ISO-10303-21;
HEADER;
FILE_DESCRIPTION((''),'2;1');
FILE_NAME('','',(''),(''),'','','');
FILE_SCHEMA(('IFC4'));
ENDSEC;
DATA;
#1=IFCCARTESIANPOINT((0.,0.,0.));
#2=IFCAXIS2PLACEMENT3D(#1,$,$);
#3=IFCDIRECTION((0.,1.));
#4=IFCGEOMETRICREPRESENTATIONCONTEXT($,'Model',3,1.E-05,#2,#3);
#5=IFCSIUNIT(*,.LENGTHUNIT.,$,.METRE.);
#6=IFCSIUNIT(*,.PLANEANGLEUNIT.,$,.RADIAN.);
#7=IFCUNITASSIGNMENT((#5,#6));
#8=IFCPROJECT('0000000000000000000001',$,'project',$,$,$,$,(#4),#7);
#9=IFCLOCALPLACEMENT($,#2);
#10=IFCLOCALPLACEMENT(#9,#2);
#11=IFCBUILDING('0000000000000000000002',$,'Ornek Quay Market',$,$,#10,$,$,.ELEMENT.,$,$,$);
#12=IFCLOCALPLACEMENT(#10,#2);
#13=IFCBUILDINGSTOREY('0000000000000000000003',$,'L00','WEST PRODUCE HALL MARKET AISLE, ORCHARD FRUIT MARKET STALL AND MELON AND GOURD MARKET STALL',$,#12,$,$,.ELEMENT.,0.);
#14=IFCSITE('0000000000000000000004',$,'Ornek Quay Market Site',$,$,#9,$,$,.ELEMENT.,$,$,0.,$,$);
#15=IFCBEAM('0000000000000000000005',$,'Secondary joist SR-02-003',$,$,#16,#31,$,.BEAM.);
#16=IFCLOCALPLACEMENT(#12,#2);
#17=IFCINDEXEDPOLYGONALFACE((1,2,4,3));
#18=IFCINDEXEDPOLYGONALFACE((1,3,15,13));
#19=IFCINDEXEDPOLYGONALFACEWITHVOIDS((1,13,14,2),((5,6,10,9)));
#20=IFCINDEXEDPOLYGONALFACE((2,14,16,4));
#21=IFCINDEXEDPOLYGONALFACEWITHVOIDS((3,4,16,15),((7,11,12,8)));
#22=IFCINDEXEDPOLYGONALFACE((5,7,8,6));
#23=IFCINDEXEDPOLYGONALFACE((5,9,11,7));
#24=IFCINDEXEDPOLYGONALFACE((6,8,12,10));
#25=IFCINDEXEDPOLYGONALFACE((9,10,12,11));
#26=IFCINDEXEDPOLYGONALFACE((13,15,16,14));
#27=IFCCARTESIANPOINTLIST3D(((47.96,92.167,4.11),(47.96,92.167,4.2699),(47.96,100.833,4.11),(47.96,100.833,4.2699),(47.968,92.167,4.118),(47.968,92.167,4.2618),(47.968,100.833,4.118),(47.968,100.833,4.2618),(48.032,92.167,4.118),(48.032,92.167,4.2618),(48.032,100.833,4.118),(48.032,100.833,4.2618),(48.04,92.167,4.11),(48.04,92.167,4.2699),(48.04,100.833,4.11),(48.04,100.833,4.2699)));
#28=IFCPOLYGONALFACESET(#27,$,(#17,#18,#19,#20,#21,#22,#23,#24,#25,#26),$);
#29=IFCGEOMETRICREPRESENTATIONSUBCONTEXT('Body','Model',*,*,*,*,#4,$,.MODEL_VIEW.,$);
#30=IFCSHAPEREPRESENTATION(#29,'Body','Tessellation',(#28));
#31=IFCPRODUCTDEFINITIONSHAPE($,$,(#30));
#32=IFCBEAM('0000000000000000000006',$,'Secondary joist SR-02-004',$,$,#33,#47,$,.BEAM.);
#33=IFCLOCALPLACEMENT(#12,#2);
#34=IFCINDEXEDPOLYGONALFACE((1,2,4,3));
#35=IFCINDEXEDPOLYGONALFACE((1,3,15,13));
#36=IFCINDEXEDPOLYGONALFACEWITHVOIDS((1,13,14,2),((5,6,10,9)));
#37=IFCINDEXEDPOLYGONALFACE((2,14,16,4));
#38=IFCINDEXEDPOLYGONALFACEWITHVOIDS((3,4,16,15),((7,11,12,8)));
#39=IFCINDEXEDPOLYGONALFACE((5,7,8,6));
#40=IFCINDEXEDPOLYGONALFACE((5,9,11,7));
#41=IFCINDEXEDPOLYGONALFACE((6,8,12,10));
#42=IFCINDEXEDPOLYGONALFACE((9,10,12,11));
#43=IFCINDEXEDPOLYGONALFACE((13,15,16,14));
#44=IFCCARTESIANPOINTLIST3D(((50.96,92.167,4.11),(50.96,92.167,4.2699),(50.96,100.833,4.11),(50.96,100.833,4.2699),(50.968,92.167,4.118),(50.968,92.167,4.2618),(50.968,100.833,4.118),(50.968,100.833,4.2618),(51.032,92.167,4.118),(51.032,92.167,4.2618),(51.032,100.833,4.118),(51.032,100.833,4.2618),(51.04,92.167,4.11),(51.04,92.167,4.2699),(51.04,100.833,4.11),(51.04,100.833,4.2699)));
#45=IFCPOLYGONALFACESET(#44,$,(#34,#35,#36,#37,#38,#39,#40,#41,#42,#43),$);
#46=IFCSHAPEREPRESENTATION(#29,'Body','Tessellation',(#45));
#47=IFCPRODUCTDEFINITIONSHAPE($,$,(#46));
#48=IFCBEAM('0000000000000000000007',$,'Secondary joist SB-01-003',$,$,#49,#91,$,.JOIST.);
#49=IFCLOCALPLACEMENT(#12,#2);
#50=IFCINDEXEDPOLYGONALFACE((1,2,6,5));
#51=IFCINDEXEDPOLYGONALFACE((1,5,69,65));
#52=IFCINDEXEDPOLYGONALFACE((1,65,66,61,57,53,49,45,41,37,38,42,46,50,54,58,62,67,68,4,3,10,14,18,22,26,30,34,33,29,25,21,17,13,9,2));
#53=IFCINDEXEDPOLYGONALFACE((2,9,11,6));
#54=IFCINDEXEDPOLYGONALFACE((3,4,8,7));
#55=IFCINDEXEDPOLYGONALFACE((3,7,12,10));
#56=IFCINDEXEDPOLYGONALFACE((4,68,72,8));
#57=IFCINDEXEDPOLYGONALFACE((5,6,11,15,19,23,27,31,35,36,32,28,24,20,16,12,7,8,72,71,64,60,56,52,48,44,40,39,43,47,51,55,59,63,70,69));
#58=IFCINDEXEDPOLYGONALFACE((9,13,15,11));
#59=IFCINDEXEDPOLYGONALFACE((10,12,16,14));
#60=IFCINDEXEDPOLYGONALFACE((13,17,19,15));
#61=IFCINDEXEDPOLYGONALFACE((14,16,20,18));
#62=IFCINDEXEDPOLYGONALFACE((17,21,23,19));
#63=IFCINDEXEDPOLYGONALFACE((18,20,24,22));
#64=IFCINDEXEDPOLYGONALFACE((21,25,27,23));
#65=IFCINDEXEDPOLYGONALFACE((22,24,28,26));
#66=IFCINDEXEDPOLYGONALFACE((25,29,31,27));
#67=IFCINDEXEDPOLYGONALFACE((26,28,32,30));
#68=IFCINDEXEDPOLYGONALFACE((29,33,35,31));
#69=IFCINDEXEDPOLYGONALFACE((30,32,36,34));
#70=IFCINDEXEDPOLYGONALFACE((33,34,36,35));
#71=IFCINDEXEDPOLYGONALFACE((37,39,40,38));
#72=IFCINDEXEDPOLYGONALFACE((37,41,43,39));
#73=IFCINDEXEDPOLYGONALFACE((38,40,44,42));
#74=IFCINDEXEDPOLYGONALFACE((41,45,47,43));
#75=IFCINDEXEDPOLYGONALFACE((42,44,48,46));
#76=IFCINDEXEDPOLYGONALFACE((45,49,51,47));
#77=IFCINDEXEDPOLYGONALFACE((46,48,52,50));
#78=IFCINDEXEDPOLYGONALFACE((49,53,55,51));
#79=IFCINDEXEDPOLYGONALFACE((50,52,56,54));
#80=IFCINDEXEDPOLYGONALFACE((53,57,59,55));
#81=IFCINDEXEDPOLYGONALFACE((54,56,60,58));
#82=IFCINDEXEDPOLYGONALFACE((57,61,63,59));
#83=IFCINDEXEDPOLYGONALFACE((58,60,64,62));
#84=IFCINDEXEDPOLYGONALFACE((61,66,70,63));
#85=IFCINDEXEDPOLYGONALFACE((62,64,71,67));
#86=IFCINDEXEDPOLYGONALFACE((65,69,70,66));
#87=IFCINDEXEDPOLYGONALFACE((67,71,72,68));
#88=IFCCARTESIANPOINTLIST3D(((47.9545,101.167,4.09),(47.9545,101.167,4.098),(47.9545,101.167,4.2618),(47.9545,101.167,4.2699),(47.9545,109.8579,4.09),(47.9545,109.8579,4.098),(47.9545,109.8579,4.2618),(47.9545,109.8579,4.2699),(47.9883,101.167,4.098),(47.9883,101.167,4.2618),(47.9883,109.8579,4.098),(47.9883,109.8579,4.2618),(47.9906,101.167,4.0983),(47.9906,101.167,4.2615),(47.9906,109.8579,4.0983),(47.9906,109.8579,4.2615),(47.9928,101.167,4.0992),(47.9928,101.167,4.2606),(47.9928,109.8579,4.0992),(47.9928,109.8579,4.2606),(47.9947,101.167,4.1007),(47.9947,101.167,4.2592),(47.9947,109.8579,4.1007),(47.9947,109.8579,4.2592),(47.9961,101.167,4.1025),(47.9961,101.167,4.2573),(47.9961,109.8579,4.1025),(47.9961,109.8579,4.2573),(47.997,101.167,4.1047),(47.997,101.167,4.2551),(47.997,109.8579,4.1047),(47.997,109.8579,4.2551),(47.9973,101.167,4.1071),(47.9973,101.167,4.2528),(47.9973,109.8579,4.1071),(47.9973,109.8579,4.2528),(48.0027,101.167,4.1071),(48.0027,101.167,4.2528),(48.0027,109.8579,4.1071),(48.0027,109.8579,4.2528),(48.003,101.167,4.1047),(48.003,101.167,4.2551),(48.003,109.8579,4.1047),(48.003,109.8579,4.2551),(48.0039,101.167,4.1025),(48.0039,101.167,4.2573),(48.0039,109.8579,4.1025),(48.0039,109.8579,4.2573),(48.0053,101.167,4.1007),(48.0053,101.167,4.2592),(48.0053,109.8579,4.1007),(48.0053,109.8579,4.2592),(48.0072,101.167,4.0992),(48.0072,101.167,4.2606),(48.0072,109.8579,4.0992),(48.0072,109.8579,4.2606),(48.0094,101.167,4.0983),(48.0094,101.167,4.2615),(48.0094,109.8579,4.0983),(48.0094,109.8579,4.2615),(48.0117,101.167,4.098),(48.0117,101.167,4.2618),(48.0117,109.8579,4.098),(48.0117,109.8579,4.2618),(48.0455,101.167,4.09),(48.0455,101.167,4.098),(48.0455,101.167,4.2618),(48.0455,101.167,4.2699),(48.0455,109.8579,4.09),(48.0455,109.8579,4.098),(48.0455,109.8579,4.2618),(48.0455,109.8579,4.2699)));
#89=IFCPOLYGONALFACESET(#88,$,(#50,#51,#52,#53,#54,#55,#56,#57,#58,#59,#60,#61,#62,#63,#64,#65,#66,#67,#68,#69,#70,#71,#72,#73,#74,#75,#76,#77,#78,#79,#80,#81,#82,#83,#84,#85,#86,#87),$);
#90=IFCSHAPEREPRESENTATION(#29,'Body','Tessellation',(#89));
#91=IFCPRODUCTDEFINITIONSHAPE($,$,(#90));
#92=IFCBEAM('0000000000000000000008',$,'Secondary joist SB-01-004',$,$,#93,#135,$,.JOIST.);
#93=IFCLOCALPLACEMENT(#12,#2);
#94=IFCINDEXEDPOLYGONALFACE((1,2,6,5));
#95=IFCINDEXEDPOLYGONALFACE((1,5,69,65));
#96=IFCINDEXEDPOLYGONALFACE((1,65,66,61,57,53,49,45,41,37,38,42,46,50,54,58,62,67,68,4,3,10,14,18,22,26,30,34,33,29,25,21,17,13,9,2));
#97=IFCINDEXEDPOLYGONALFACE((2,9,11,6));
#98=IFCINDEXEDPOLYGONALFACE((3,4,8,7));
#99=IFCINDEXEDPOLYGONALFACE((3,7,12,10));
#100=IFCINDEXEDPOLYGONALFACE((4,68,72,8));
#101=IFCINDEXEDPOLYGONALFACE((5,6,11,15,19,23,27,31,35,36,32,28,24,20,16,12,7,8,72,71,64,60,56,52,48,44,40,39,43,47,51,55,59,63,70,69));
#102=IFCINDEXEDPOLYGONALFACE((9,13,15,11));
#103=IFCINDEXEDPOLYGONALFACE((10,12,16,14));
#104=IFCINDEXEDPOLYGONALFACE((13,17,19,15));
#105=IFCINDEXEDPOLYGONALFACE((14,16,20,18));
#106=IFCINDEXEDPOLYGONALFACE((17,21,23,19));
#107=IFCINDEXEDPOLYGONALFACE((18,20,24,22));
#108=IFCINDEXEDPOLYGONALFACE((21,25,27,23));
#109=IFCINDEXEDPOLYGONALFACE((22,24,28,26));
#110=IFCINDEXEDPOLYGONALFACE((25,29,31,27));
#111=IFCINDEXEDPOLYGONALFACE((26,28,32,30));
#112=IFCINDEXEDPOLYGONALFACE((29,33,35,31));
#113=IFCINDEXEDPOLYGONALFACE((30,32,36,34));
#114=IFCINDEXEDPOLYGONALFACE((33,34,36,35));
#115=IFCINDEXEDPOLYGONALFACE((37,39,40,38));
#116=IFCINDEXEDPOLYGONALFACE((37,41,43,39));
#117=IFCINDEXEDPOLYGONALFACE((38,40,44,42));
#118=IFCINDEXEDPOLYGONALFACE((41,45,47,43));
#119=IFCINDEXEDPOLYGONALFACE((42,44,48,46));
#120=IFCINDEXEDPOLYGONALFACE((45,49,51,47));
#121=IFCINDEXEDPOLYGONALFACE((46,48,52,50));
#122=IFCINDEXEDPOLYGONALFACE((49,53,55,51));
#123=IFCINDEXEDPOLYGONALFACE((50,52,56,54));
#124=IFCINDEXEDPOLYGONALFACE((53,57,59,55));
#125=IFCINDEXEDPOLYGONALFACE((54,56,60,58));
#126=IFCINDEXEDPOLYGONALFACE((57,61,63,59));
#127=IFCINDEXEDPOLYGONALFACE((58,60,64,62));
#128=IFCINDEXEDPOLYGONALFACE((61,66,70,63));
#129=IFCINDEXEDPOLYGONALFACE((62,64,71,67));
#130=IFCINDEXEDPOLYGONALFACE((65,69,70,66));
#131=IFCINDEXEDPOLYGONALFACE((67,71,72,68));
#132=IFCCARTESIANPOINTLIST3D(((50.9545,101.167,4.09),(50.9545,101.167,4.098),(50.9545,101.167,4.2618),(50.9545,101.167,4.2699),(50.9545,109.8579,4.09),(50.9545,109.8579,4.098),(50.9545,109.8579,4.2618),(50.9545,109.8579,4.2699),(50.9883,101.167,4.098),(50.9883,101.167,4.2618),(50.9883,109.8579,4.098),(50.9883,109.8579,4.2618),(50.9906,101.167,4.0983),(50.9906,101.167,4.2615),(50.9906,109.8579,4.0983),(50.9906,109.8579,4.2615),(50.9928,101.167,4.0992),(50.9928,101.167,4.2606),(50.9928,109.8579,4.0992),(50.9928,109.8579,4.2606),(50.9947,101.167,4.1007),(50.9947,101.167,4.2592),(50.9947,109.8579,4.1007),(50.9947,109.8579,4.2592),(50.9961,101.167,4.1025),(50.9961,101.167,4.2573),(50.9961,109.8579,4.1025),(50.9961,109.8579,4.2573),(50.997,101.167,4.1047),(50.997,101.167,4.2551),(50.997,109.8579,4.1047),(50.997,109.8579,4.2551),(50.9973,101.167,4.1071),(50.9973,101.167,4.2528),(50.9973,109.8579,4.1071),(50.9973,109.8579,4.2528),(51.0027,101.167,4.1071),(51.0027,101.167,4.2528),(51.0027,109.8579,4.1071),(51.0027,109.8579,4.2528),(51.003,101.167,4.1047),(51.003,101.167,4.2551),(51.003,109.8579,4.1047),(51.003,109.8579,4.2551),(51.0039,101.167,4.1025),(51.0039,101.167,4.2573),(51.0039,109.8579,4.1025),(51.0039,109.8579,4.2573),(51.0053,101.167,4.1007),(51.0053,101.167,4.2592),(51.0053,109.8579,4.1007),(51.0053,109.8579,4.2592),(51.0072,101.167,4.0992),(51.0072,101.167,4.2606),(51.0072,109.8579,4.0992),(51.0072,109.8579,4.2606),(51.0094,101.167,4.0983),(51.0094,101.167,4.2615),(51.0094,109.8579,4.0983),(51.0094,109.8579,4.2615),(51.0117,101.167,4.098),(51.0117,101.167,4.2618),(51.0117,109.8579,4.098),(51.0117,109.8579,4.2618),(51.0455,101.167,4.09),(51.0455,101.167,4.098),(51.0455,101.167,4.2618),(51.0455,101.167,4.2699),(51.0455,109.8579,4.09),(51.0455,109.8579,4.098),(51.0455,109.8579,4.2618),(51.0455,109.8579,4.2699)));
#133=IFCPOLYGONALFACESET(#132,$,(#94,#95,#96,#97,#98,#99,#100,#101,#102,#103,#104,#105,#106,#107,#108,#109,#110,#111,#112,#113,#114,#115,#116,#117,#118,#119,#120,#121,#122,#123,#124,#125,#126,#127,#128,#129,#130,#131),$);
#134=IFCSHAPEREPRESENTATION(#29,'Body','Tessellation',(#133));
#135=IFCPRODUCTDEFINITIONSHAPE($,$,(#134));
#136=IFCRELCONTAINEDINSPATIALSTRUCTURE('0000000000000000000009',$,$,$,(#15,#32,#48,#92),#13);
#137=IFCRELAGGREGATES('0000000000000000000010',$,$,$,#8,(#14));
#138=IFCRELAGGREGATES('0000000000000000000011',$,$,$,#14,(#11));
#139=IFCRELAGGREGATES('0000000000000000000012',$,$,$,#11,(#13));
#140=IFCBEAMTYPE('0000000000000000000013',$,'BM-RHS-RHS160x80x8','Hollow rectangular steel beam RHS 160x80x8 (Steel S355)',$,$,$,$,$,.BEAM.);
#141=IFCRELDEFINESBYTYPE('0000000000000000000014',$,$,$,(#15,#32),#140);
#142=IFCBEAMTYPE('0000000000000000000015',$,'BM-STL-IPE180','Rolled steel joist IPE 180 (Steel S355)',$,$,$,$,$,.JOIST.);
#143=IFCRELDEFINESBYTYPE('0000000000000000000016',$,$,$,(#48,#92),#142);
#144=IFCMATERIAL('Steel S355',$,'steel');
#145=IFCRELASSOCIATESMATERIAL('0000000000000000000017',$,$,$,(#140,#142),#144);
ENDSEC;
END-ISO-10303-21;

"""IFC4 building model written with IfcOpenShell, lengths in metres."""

from ifc_helpers import new_model, si_unit, direction, frame, origin, origin_2d, place, context, subcontext, project, spatial, hollow_rectangle, i_section, extrude, material, material_profile, profile_set, type_object, element, save


model = new_model("IFC4")

# Units and contexts
model_context = context("Model", 3, precision=1e-05, world=origin(), true_north=direction((0.0, 1.0)))
body_context = subcontext(model_context, "Body", "Model", "MODEL_VIEW")
ifc_project = project(units=[si_unit("LENGTHUNIT", "METRE"), si_unit("PLANEANGLEUNIT", "RADIAN")], contexts=[model_context])

# Site, building, storey
site_placement = place(None, origin())
site = spatial("IfcSite", under=ifc_project, at=site_placement, Name="Ornek Quay Market Site", CompositionType="ELEMENT", RefElevation=0.0)
building_placement = place(site_placement, origin())
building = spatial("IfcBuilding", under=site, at=building_placement, Name="Ornek Quay Market", CompositionType="ELEMENT")
storey_placement = place(building_placement, origin())
storey = spatial("IfcBuildingStorey", under=building, at=storey_placement, Name="L00", Description="WEST PRODUCE HALL MARKET AISLE, ORCHARD FRUIT MARKET STALL AND MELON AND GOURD MARKET STALL", CompositionType="ELEMENT", Elevation=0.0)

# Beams
ifc_material_1 = material(Name="Steel S355", Category="steel")
ifc_material_profile_1 = material_profile(ifc_material_1, hollow_rectangle(XDim=0.0801, YDim=0.1599, WallThickness=0.0081, at=origin_2d()), Name="RHS 160x80x8", Category="steel")
ifc_profile_set_1 = profile_set([ifc_material_profile_1], Name="Steel S355")
beam_type_1 = type_object("IfcBeamType", Name="BM-RHS-RHS160x80x8", Description="Hollow rectangular steel beam RHS 160x80x8 (Steel S355)", PredefinedType="BEAM", material=ifc_profile_set_1)
for number, where, z_axis, x_axis, name in (
    (1, (48.0, 92.167, 4.1899), (0.0, 1.0, 0.0), (-1.0, 0.0, 0.0), "Secondary joist SR-02-003"),
    (2, (51.0, 92.167, 4.1899), (0.0, 1.0, 0.0), (-1.0, 0.0, 0.0), "Secondary joist SR-02-004"),
):
    element("IfcBeam", number, at=place(storey_placement, frame(where, z_axis=z_axis, x_axis=x_axis)), inside=storey, type_object=beam_type_1, Name=name, PredefinedType="BEAM", context=body_context, shape_type="SweptSolid", body=[
        extrude(hollow_rectangle(XDim=0.0801, YDim=0.1599, WallThickness=0.0081, at=origin_2d()), origin(), (0.0, 0.0, 1.0), 8.666),
    ])
ifc_material_profile_2 = material_profile(ifc_material_1, i_section(OverallWidth=0.0911, OverallDepth=0.1799, WebThickness=0.0054, FlangeThickness=0.0081, FilletRadius=0.009, at=origin_2d()), Name="IPE 180", Category="steel")
ifc_profile_set_2 = profile_set([ifc_material_profile_2], Name="Steel S355")
beam_type_2 = type_object("IfcBeamType", Name="BM-STL-IPE180", Description="Rolled steel joist IPE 180 (Steel S355)", PredefinedType="JOIST", material=ifc_profile_set_2)
for number, where, z_axis, x_axis, name in (
    (3, (48.0, 101.167, 4.1799), (0.0, 1.0, 0.0), (-1.0, 0.0, 0.0), "Secondary joist SB-01-003"),
    (4, (51.0, 101.167, 4.1799), (0.0, 1.0, 0.0), (-1.0, 0.0, 0.0), "Secondary joist SB-01-004"),
):
    element("IfcBeam", number, at=place(storey_placement, frame(where, z_axis=z_axis, x_axis=x_axis)), inside=storey, type_object=beam_type_2, Name=name, PredefinedType="JOIST", context=body_context, shape_type="SweptSolid", body=[
        extrude(i_section(OverallWidth=0.0911, OverallDepth=0.1799, WebThickness=0.0054, FlangeThickness=0.0081, FilletRadius=0.009, at=origin_2d()), origin(), (0.0, 0.0, 1.0), 8.6909),
    ])

save(model, "model.ifc")
